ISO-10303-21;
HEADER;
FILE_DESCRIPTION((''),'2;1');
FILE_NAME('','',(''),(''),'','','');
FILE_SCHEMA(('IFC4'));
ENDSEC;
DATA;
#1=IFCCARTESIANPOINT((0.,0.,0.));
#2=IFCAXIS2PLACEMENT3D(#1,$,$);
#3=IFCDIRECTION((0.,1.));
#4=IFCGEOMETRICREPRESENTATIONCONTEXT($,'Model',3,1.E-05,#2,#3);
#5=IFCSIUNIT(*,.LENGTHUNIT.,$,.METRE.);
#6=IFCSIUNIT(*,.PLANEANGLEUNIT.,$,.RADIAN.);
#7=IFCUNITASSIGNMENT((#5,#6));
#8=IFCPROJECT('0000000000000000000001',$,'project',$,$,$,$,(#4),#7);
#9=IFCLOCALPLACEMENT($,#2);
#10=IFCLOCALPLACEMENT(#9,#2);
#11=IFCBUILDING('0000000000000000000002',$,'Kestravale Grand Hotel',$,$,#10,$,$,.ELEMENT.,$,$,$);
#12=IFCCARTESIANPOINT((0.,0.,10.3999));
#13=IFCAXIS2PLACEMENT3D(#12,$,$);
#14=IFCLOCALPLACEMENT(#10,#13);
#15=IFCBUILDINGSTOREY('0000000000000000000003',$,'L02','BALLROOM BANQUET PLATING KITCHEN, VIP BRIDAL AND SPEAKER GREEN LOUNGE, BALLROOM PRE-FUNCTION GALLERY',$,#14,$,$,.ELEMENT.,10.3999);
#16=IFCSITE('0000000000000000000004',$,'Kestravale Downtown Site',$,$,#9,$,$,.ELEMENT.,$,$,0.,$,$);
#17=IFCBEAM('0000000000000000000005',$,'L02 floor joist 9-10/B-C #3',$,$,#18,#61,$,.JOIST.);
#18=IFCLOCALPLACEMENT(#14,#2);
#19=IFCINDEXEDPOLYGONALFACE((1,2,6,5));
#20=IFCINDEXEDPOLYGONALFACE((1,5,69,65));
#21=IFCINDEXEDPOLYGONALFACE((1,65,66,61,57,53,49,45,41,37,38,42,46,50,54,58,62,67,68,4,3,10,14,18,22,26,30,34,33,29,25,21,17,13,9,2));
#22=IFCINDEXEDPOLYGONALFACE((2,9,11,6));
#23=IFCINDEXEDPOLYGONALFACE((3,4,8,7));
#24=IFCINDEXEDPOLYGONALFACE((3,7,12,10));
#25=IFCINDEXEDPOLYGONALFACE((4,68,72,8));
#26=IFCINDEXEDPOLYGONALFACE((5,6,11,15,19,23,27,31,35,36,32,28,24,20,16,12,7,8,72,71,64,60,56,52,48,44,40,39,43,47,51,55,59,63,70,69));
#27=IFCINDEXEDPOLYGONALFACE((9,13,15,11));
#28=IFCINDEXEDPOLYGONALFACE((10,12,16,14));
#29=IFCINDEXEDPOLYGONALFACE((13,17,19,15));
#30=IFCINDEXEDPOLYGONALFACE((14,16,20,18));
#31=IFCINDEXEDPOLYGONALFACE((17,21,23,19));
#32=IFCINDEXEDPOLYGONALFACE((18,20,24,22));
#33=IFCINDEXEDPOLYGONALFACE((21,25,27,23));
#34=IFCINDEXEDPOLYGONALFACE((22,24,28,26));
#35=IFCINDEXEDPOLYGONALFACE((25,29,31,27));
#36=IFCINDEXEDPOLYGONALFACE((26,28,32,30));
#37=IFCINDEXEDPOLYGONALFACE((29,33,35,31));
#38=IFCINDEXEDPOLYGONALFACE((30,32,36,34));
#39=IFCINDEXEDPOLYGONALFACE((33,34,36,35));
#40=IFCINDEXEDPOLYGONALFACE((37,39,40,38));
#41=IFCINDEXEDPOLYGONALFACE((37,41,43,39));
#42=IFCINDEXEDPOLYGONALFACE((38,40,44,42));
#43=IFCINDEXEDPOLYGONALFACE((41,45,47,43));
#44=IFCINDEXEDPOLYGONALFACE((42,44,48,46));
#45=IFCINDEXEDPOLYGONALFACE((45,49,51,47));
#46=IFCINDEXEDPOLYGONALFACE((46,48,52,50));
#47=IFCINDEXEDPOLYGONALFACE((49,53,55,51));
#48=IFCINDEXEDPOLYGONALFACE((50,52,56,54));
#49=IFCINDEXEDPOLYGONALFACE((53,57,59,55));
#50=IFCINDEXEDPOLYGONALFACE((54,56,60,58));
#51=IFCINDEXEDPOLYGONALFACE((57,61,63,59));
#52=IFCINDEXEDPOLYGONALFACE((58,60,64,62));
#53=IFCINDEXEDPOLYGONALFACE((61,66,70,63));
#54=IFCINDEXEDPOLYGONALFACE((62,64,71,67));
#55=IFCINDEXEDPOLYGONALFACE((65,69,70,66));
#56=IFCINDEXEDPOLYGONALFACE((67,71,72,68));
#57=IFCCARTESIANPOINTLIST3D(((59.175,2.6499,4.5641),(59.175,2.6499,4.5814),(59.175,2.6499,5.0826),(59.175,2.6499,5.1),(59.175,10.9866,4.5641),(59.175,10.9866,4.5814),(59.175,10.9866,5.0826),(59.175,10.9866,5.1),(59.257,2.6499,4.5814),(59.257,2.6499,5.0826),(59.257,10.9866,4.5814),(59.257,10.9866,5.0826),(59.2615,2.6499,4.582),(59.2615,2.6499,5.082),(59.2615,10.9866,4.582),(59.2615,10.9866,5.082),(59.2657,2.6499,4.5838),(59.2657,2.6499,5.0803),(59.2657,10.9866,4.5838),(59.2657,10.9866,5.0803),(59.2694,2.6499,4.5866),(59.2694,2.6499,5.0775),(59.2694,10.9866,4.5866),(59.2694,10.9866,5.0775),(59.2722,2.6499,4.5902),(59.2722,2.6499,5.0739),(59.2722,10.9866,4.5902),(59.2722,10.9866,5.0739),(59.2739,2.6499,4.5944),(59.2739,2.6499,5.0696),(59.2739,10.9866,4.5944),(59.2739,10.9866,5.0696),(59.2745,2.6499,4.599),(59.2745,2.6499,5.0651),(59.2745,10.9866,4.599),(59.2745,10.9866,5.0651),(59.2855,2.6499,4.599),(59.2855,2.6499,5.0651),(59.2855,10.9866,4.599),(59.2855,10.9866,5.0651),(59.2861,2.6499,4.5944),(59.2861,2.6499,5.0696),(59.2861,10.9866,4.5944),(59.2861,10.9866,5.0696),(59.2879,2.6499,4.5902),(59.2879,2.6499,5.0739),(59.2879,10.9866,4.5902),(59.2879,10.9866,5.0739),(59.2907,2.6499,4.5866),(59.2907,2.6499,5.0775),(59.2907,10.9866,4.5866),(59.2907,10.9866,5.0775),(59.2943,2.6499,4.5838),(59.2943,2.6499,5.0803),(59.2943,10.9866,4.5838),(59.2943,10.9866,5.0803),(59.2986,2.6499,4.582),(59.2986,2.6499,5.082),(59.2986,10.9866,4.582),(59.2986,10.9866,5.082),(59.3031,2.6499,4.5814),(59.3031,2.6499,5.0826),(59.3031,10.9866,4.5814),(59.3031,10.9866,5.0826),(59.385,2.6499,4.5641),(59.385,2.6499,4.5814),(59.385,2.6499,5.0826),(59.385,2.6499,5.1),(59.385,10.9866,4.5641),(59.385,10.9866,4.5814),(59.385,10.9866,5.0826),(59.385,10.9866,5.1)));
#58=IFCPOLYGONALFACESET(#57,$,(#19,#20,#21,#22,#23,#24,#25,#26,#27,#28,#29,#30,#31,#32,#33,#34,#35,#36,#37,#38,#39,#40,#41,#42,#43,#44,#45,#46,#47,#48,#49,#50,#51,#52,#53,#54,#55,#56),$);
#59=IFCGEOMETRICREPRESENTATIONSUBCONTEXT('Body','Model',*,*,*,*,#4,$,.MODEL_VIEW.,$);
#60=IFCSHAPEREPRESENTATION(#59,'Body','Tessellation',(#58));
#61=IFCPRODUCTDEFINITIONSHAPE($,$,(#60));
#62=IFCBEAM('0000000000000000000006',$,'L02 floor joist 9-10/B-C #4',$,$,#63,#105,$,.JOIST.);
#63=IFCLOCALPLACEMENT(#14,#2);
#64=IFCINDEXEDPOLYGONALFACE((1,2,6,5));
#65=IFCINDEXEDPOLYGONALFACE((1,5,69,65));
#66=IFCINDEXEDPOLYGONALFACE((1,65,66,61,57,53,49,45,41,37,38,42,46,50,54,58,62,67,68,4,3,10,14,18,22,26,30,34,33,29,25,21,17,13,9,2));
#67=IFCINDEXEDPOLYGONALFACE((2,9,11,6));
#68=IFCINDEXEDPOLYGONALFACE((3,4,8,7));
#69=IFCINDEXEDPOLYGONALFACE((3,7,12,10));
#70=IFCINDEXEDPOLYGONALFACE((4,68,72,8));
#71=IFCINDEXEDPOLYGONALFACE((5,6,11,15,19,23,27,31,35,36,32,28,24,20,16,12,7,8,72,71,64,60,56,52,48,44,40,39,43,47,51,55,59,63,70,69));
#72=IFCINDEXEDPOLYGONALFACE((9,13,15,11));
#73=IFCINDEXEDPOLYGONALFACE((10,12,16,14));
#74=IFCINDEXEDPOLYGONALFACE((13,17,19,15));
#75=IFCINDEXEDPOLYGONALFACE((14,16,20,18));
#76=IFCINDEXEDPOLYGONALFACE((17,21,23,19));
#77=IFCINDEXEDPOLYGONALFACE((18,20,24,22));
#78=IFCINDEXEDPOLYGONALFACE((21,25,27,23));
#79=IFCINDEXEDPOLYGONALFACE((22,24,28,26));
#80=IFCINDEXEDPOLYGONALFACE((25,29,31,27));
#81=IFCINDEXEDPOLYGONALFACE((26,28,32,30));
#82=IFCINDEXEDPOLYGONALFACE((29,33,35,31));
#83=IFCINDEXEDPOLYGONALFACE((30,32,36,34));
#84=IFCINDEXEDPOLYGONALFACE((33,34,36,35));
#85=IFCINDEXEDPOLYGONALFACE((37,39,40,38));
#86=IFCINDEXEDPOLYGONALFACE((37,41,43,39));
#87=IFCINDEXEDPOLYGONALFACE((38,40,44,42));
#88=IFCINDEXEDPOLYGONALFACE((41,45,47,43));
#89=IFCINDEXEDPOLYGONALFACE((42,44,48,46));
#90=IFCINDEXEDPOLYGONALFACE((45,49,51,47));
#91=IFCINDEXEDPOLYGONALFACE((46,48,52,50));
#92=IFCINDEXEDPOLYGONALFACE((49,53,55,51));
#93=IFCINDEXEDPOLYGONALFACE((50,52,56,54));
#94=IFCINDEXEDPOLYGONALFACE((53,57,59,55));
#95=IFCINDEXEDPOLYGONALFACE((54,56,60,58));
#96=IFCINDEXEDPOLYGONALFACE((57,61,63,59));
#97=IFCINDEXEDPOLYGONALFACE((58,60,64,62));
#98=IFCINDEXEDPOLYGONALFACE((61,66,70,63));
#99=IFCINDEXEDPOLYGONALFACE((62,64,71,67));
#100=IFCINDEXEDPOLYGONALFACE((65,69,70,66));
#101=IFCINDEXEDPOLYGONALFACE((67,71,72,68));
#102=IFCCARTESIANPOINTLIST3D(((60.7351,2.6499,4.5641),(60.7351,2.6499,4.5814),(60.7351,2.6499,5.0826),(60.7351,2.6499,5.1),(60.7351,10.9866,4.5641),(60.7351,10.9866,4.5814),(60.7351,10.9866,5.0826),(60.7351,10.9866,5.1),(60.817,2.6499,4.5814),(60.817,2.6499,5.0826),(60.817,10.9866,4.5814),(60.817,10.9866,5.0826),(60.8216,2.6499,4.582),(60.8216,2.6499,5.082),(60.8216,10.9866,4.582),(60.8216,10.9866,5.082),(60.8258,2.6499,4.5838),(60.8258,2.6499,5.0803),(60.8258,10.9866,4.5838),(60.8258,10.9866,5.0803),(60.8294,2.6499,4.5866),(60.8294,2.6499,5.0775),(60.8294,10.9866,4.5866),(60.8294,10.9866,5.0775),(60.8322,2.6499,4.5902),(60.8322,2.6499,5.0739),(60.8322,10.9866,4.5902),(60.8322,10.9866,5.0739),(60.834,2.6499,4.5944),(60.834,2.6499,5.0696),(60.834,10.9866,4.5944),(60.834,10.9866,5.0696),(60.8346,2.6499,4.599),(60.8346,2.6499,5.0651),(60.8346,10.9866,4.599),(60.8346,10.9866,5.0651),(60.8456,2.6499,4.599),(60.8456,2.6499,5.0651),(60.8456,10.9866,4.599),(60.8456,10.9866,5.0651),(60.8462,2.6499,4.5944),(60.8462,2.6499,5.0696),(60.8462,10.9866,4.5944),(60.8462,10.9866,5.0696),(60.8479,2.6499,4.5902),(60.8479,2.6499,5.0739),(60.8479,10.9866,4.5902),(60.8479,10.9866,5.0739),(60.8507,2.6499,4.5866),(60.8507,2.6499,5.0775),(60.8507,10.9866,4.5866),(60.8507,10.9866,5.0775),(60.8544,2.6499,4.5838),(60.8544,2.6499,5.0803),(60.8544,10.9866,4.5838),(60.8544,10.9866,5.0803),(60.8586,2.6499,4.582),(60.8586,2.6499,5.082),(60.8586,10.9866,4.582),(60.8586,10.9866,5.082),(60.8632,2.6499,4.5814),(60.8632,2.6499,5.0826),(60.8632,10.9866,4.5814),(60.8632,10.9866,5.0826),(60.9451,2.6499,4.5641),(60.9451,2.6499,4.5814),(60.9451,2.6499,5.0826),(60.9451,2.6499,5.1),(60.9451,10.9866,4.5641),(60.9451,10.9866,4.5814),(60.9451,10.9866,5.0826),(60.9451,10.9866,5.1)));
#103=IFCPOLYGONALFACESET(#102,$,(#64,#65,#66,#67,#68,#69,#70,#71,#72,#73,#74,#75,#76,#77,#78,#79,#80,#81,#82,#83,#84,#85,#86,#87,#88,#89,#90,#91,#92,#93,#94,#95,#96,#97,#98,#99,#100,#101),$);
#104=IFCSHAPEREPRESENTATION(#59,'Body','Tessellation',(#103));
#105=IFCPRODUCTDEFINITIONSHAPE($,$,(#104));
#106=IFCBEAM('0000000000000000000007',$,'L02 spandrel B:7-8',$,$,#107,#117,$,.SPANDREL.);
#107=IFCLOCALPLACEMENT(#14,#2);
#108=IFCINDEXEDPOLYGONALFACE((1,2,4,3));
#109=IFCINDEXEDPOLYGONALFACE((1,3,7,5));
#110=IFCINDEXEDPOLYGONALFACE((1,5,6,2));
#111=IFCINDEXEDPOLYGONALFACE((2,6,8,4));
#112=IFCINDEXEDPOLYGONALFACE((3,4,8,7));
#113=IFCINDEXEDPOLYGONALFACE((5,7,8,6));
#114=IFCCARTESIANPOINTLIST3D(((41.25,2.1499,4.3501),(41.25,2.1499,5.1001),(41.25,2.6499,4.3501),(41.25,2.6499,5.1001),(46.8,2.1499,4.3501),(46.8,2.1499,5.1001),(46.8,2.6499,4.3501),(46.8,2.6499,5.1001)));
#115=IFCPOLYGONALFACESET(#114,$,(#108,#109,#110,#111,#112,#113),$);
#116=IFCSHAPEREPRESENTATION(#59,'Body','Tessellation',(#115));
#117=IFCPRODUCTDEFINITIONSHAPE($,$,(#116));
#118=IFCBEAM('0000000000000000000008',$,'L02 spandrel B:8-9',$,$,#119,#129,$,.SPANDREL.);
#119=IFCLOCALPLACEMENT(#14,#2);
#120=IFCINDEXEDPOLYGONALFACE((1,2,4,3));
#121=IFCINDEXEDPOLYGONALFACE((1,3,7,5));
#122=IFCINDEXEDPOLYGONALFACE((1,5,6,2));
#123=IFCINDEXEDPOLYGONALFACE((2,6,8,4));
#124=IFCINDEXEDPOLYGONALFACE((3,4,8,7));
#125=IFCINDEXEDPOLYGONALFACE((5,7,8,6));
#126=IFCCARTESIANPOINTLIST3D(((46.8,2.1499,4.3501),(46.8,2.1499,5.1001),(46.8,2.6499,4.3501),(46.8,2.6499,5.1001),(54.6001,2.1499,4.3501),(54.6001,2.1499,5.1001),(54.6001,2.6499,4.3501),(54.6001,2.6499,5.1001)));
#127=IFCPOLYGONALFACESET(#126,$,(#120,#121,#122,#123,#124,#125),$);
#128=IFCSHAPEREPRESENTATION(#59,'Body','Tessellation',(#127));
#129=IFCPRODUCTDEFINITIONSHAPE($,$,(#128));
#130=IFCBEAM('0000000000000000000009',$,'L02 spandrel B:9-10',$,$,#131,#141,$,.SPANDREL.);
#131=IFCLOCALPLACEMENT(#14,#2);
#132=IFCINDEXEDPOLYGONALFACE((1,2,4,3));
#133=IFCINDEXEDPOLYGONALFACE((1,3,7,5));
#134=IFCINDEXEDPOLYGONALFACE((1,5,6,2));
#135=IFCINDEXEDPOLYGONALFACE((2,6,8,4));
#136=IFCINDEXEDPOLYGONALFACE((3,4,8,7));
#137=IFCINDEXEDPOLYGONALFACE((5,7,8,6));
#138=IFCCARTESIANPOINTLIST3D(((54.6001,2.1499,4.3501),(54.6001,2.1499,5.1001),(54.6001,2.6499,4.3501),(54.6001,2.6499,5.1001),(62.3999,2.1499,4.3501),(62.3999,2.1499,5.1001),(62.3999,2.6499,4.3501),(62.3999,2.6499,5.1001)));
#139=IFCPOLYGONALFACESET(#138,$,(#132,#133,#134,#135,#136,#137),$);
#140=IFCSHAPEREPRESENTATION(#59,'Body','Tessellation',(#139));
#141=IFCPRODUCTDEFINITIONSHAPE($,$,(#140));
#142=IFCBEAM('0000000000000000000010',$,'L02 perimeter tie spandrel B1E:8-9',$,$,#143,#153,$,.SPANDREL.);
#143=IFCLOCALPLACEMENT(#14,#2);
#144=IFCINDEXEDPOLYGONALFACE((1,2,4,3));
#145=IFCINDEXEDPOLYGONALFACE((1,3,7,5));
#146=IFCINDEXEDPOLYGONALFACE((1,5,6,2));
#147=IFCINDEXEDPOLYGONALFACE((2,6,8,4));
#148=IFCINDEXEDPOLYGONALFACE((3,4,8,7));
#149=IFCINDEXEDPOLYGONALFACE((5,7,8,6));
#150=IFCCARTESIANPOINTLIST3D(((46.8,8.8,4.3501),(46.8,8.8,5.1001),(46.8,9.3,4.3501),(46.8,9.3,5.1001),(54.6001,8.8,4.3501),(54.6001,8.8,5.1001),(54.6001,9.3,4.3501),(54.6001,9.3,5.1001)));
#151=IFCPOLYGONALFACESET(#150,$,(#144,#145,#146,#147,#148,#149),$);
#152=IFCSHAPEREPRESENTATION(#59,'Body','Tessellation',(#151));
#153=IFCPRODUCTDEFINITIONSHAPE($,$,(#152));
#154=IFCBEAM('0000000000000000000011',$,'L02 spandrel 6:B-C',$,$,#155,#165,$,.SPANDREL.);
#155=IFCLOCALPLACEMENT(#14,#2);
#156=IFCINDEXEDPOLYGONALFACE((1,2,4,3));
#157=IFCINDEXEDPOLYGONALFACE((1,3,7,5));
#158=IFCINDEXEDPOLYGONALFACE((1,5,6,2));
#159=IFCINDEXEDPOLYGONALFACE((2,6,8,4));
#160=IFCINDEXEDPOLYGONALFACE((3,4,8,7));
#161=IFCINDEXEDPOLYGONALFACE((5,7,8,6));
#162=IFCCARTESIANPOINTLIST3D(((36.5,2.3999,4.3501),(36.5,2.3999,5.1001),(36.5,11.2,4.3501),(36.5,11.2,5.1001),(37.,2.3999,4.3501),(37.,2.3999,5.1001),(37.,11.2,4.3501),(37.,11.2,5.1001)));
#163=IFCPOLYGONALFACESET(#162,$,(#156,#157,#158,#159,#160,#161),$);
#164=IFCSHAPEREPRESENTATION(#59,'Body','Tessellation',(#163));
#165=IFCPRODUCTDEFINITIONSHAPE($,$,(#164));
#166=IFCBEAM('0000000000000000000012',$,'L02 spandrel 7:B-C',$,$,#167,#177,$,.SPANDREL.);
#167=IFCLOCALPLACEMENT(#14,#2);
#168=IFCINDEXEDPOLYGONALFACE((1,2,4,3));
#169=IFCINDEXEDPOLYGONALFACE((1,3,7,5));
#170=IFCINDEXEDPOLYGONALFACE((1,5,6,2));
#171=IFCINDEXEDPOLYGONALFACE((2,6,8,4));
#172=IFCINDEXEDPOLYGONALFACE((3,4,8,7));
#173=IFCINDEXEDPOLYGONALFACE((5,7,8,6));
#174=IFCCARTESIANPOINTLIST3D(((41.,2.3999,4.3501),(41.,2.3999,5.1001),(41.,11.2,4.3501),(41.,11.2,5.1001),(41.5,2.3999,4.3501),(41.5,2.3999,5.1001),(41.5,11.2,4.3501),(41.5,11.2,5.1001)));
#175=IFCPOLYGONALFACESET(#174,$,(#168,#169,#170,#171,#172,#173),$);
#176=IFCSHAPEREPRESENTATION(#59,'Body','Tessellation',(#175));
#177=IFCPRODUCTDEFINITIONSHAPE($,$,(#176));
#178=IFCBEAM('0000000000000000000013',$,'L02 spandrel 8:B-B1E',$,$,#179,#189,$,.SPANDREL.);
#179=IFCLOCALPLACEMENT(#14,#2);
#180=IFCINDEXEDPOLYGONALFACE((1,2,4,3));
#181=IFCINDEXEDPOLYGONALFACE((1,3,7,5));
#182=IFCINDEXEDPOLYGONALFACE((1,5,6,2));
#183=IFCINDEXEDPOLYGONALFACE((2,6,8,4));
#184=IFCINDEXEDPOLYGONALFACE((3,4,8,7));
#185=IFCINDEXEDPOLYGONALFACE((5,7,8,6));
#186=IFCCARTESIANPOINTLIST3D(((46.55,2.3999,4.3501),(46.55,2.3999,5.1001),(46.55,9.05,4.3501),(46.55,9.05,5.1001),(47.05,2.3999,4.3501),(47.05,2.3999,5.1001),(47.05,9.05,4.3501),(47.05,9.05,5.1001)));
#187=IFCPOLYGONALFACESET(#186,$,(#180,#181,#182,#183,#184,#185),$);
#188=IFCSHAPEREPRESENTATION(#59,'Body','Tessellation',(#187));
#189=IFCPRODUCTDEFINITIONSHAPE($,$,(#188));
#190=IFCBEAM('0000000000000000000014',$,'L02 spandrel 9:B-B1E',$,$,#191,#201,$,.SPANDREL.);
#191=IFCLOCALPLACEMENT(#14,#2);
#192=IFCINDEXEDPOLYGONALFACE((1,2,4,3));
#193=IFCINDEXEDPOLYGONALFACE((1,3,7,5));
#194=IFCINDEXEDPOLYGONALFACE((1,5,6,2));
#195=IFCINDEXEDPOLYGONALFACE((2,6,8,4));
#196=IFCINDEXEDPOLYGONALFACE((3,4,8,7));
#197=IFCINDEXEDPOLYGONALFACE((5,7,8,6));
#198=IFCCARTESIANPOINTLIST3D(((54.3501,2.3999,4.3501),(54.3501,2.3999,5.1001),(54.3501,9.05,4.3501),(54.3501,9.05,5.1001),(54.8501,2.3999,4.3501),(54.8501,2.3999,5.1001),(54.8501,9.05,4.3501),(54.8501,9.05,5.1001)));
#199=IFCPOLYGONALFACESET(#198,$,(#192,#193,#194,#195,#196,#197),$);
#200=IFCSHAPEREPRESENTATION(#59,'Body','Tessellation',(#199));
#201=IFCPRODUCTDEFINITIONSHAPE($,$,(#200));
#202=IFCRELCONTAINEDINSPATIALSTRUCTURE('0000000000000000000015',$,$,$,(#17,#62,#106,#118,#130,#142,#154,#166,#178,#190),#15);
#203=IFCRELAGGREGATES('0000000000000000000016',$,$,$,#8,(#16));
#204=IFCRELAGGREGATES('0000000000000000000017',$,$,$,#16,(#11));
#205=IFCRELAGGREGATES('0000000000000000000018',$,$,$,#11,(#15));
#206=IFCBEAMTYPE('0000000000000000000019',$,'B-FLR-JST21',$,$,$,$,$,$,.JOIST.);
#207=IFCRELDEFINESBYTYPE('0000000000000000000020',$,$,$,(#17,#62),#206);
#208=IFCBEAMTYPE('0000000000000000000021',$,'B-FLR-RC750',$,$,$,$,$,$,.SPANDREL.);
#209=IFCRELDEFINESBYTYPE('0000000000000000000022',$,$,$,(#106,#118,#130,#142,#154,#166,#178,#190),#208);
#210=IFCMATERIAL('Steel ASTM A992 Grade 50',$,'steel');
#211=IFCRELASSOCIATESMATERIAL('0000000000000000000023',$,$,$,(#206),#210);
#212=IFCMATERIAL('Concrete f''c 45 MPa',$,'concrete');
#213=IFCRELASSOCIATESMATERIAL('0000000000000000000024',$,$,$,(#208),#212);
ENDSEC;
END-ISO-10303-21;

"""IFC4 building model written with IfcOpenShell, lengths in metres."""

from ifc_helpers import new_model, si_unit, direction, frame, origin, origin_2d, place, context, subcontext, project, spatial, rectangle, i_section, extrude, material, material_profile, profile_set, type_object, element, save


model = new_model("IFC4")

# Units and contexts
model_context = context("Model", 3, precision=1e-05, world=origin(), true_north=direction((0.0, 1.0)))
body_context = subcontext(model_context, "Body", "Model", "MODEL_VIEW")
ifc_project = project(units=[si_unit("LENGTHUNIT", "METRE"), si_unit("PLANEANGLEUNIT", "RADIAN")], contexts=[model_context])

# Site, building, storey
site_placement = place(None, origin())
site = spatial("IfcSite", under=ifc_project, at=site_placement, Name="Kestravale Downtown Site", CompositionType="ELEMENT", RefElevation=0.0)
building_placement = place(site_placement, origin())
building = spatial("IfcBuilding", under=site, at=building_placement, Name="Kestravale Grand Hotel", CompositionType="ELEMENT")
storey_placement = place(building_placement, frame((0.0, 0.0, 10.3999)))
storey = spatial("IfcBuildingStorey", under=building, at=storey_placement, Name="L02", Description="BALLROOM BANQUET PLATING KITCHEN, VIP BRIDAL AND SPEAKER GREEN LOUNGE, BALLROOM PRE-FUNCTION GALLERY", CompositionType="ELEMENT", Elevation=10.3999)

# Beams
ifc_material_1 = material(Name="Steel ASTM A992 Grade 50", Category="steel")
ifc_material_profile_1 = material_profile(ifc_material_1, i_section(OverallWidth=0.21, OverallDepth=0.5359, WebThickness=0.011, FlangeThickness=0.0173, FilletRadius=0.0176, at=origin_2d()))
ifc_profile_set_1 = profile_set([ifc_material_profile_1], Name="Steel ASTM A992 Grade 50")
beam_type_1 = type_object("IfcBeamType", Name="B-FLR-JST21", PredefinedType="JOIST", material=ifc_profile_set_1)
for number, where, z_axis, x_axis, name in (
    (1, (59.28, 2.6499, 4.832), (0.0, 1.0, 0.0), (-1.0, 0.0, 0.0), "L02 floor joist 9-10/B-C #3"),
    (2, (60.8401, 2.6499, 4.832), (0.0, 1.0, 0.0), (-1.0, 0.0, 0.0), "L02 floor joist 9-10/B-C #4"),
):
    element("IfcBeam", number, at=place(storey_placement, frame(where, z_axis=z_axis, x_axis=x_axis)), inside=storey, type_object=beam_type_1, Name=name, PredefinedType="JOIST", context=body_context, shape_type="SweptSolid", body=[
        extrude(i_section(OverallWidth=0.21, OverallDepth=0.5359, WebThickness=0.011, FlangeThickness=0.0173, FilletRadius=0.0176, at=origin_2d()), origin(), (0.0, 0.0, 1.0), 8.3367),
    ])
ifc_material_2 = material(Name="Concrete f'c 45 MPa", Category="concrete")
ifc_material_profile_2 = material_profile(ifc_material_2, rectangle(XDim=0.5, YDim=0.75, at=origin_2d()))
ifc_profile_set_2 = profile_set([ifc_material_profile_2], Name="Concrete f'c 45 MPa")
beam_type_2 = type_object("IfcBeamType", Name="B-FLR-RC750", PredefinedType="SPANDREL", material=ifc_profile_set_2)
beam_1_placement = place(storey_placement, frame((41.25, 2.3999, 4.7251), z_axis=(1.0, 0.0, 0.0), x_axis=(0.0, 1.0, 0.0)))
element("IfcBeam", 3, at=beam_1_placement, inside=storey, type_object=beam_type_2, Name="L02 spandrel B:7-8", PredefinedType="SPANDREL", context=body_context, shape_type="SweptSolid", body=[
    extrude(rectangle(XDim=0.5, YDim=0.75, at=origin_2d()), origin(), (0.0, 0.0, 1.0), 5.55),
])
beam_2_placement = place(storey_placement, frame((46.8, 2.3999, 4.7251), z_axis=(1.0, 0.0, 0.0), x_axis=(0.0, 1.0, 0.0)))
element("IfcBeam", 4, at=beam_2_placement, inside=storey, type_object=beam_type_2, Name="L02 spandrel B:8-9", PredefinedType="SPANDREL", context=body_context, shape_type="SweptSolid", body=[
    extrude(rectangle(XDim=0.5, YDim=0.75, at=origin_2d()), origin(), (0.0, 0.0, 1.0), 7.8),
])
beam_3_placement = place(storey_placement, frame((54.6001, 2.3999, 4.7251), z_axis=(1.0, 0.0, 0.0), x_axis=(0.0, 1.0, 0.0)))
element("IfcBeam", 5, at=beam_3_placement, inside=storey, type_object=beam_type_2, Name="L02 spandrel B:9-10", PredefinedType="SPANDREL", context=body_context, shape_type="SweptSolid", body=[
    extrude(rectangle(XDim=0.5, YDim=0.75, at=origin_2d()), origin(), (0.0, 0.0, 1.0), 7.7998),
])
beam_4_placement = place(storey_placement, frame((46.8, 9.05, 4.7251), z_axis=(1.0, 0.0, 0.0), x_axis=(0.0, 1.0, 0.0)))
element("IfcBeam", 6, at=beam_4_placement, inside=storey, type_object=beam_type_2, Name="L02 perimeter tie spandrel B1E:8-9", PredefinedType="SPANDREL", context=body_context, shape_type="SweptSolid", body=[
    extrude(rectangle(XDim=0.5, YDim=0.75, at=origin_2d()), origin(), (0.0, 0.0, 1.0), 7.8),
])
for number, where, z_axis, x_axis, name in (
    (7, (36.75, 2.3999, 4.7251), (0.0, 1.0, 0.0), (-1.0, 0.0, 0.0), "L02 spandrel 6:B-C"),
    (8, (41.25, 2.3999, 4.7251), (0.0, 1.0, 0.0), (-1.0, 0.0, 0.0), "L02 spandrel 7:B-C"),
):
    element("IfcBeam", number, at=place(storey_placement, frame(where, z_axis=z_axis, x_axis=x_axis)), inside=storey, type_object=beam_type_2, Name=name, PredefinedType="SPANDREL", context=body_context, shape_type="SweptSolid", body=[
        extrude(rectangle(XDim=0.5, YDim=0.75, at=origin_2d()), origin(), (0.0, 0.0, 1.0), 8.8),
    ])
for number, where, z_axis, x_axis, name in (
    (9, (46.8, 2.3999, 4.7251), (0.0, 1.0, 0.0), (-1.0, 0.0, 0.0), "L02 spandrel 8:B-B1E"),
    (10, (54.6001, 2.3999, 4.7251), (0.0, 1.0, 0.0), (-1.0, 0.0, 0.0), "L02 spandrel 9:B-B1E"),
):
    element("IfcBeam", number, at=place(storey_placement, frame(where, z_axis=z_axis, x_axis=x_axis)), inside=storey, type_object=beam_type_2, Name=name, PredefinedType="SPANDREL", context=body_context, shape_type="SweptSolid", body=[
        extrude(rectangle(XDim=0.5, YDim=0.75, at=origin_2d()), origin(), (0.0, 0.0, 1.0), 6.6501),
    ])

save(model, "model.ifc")
